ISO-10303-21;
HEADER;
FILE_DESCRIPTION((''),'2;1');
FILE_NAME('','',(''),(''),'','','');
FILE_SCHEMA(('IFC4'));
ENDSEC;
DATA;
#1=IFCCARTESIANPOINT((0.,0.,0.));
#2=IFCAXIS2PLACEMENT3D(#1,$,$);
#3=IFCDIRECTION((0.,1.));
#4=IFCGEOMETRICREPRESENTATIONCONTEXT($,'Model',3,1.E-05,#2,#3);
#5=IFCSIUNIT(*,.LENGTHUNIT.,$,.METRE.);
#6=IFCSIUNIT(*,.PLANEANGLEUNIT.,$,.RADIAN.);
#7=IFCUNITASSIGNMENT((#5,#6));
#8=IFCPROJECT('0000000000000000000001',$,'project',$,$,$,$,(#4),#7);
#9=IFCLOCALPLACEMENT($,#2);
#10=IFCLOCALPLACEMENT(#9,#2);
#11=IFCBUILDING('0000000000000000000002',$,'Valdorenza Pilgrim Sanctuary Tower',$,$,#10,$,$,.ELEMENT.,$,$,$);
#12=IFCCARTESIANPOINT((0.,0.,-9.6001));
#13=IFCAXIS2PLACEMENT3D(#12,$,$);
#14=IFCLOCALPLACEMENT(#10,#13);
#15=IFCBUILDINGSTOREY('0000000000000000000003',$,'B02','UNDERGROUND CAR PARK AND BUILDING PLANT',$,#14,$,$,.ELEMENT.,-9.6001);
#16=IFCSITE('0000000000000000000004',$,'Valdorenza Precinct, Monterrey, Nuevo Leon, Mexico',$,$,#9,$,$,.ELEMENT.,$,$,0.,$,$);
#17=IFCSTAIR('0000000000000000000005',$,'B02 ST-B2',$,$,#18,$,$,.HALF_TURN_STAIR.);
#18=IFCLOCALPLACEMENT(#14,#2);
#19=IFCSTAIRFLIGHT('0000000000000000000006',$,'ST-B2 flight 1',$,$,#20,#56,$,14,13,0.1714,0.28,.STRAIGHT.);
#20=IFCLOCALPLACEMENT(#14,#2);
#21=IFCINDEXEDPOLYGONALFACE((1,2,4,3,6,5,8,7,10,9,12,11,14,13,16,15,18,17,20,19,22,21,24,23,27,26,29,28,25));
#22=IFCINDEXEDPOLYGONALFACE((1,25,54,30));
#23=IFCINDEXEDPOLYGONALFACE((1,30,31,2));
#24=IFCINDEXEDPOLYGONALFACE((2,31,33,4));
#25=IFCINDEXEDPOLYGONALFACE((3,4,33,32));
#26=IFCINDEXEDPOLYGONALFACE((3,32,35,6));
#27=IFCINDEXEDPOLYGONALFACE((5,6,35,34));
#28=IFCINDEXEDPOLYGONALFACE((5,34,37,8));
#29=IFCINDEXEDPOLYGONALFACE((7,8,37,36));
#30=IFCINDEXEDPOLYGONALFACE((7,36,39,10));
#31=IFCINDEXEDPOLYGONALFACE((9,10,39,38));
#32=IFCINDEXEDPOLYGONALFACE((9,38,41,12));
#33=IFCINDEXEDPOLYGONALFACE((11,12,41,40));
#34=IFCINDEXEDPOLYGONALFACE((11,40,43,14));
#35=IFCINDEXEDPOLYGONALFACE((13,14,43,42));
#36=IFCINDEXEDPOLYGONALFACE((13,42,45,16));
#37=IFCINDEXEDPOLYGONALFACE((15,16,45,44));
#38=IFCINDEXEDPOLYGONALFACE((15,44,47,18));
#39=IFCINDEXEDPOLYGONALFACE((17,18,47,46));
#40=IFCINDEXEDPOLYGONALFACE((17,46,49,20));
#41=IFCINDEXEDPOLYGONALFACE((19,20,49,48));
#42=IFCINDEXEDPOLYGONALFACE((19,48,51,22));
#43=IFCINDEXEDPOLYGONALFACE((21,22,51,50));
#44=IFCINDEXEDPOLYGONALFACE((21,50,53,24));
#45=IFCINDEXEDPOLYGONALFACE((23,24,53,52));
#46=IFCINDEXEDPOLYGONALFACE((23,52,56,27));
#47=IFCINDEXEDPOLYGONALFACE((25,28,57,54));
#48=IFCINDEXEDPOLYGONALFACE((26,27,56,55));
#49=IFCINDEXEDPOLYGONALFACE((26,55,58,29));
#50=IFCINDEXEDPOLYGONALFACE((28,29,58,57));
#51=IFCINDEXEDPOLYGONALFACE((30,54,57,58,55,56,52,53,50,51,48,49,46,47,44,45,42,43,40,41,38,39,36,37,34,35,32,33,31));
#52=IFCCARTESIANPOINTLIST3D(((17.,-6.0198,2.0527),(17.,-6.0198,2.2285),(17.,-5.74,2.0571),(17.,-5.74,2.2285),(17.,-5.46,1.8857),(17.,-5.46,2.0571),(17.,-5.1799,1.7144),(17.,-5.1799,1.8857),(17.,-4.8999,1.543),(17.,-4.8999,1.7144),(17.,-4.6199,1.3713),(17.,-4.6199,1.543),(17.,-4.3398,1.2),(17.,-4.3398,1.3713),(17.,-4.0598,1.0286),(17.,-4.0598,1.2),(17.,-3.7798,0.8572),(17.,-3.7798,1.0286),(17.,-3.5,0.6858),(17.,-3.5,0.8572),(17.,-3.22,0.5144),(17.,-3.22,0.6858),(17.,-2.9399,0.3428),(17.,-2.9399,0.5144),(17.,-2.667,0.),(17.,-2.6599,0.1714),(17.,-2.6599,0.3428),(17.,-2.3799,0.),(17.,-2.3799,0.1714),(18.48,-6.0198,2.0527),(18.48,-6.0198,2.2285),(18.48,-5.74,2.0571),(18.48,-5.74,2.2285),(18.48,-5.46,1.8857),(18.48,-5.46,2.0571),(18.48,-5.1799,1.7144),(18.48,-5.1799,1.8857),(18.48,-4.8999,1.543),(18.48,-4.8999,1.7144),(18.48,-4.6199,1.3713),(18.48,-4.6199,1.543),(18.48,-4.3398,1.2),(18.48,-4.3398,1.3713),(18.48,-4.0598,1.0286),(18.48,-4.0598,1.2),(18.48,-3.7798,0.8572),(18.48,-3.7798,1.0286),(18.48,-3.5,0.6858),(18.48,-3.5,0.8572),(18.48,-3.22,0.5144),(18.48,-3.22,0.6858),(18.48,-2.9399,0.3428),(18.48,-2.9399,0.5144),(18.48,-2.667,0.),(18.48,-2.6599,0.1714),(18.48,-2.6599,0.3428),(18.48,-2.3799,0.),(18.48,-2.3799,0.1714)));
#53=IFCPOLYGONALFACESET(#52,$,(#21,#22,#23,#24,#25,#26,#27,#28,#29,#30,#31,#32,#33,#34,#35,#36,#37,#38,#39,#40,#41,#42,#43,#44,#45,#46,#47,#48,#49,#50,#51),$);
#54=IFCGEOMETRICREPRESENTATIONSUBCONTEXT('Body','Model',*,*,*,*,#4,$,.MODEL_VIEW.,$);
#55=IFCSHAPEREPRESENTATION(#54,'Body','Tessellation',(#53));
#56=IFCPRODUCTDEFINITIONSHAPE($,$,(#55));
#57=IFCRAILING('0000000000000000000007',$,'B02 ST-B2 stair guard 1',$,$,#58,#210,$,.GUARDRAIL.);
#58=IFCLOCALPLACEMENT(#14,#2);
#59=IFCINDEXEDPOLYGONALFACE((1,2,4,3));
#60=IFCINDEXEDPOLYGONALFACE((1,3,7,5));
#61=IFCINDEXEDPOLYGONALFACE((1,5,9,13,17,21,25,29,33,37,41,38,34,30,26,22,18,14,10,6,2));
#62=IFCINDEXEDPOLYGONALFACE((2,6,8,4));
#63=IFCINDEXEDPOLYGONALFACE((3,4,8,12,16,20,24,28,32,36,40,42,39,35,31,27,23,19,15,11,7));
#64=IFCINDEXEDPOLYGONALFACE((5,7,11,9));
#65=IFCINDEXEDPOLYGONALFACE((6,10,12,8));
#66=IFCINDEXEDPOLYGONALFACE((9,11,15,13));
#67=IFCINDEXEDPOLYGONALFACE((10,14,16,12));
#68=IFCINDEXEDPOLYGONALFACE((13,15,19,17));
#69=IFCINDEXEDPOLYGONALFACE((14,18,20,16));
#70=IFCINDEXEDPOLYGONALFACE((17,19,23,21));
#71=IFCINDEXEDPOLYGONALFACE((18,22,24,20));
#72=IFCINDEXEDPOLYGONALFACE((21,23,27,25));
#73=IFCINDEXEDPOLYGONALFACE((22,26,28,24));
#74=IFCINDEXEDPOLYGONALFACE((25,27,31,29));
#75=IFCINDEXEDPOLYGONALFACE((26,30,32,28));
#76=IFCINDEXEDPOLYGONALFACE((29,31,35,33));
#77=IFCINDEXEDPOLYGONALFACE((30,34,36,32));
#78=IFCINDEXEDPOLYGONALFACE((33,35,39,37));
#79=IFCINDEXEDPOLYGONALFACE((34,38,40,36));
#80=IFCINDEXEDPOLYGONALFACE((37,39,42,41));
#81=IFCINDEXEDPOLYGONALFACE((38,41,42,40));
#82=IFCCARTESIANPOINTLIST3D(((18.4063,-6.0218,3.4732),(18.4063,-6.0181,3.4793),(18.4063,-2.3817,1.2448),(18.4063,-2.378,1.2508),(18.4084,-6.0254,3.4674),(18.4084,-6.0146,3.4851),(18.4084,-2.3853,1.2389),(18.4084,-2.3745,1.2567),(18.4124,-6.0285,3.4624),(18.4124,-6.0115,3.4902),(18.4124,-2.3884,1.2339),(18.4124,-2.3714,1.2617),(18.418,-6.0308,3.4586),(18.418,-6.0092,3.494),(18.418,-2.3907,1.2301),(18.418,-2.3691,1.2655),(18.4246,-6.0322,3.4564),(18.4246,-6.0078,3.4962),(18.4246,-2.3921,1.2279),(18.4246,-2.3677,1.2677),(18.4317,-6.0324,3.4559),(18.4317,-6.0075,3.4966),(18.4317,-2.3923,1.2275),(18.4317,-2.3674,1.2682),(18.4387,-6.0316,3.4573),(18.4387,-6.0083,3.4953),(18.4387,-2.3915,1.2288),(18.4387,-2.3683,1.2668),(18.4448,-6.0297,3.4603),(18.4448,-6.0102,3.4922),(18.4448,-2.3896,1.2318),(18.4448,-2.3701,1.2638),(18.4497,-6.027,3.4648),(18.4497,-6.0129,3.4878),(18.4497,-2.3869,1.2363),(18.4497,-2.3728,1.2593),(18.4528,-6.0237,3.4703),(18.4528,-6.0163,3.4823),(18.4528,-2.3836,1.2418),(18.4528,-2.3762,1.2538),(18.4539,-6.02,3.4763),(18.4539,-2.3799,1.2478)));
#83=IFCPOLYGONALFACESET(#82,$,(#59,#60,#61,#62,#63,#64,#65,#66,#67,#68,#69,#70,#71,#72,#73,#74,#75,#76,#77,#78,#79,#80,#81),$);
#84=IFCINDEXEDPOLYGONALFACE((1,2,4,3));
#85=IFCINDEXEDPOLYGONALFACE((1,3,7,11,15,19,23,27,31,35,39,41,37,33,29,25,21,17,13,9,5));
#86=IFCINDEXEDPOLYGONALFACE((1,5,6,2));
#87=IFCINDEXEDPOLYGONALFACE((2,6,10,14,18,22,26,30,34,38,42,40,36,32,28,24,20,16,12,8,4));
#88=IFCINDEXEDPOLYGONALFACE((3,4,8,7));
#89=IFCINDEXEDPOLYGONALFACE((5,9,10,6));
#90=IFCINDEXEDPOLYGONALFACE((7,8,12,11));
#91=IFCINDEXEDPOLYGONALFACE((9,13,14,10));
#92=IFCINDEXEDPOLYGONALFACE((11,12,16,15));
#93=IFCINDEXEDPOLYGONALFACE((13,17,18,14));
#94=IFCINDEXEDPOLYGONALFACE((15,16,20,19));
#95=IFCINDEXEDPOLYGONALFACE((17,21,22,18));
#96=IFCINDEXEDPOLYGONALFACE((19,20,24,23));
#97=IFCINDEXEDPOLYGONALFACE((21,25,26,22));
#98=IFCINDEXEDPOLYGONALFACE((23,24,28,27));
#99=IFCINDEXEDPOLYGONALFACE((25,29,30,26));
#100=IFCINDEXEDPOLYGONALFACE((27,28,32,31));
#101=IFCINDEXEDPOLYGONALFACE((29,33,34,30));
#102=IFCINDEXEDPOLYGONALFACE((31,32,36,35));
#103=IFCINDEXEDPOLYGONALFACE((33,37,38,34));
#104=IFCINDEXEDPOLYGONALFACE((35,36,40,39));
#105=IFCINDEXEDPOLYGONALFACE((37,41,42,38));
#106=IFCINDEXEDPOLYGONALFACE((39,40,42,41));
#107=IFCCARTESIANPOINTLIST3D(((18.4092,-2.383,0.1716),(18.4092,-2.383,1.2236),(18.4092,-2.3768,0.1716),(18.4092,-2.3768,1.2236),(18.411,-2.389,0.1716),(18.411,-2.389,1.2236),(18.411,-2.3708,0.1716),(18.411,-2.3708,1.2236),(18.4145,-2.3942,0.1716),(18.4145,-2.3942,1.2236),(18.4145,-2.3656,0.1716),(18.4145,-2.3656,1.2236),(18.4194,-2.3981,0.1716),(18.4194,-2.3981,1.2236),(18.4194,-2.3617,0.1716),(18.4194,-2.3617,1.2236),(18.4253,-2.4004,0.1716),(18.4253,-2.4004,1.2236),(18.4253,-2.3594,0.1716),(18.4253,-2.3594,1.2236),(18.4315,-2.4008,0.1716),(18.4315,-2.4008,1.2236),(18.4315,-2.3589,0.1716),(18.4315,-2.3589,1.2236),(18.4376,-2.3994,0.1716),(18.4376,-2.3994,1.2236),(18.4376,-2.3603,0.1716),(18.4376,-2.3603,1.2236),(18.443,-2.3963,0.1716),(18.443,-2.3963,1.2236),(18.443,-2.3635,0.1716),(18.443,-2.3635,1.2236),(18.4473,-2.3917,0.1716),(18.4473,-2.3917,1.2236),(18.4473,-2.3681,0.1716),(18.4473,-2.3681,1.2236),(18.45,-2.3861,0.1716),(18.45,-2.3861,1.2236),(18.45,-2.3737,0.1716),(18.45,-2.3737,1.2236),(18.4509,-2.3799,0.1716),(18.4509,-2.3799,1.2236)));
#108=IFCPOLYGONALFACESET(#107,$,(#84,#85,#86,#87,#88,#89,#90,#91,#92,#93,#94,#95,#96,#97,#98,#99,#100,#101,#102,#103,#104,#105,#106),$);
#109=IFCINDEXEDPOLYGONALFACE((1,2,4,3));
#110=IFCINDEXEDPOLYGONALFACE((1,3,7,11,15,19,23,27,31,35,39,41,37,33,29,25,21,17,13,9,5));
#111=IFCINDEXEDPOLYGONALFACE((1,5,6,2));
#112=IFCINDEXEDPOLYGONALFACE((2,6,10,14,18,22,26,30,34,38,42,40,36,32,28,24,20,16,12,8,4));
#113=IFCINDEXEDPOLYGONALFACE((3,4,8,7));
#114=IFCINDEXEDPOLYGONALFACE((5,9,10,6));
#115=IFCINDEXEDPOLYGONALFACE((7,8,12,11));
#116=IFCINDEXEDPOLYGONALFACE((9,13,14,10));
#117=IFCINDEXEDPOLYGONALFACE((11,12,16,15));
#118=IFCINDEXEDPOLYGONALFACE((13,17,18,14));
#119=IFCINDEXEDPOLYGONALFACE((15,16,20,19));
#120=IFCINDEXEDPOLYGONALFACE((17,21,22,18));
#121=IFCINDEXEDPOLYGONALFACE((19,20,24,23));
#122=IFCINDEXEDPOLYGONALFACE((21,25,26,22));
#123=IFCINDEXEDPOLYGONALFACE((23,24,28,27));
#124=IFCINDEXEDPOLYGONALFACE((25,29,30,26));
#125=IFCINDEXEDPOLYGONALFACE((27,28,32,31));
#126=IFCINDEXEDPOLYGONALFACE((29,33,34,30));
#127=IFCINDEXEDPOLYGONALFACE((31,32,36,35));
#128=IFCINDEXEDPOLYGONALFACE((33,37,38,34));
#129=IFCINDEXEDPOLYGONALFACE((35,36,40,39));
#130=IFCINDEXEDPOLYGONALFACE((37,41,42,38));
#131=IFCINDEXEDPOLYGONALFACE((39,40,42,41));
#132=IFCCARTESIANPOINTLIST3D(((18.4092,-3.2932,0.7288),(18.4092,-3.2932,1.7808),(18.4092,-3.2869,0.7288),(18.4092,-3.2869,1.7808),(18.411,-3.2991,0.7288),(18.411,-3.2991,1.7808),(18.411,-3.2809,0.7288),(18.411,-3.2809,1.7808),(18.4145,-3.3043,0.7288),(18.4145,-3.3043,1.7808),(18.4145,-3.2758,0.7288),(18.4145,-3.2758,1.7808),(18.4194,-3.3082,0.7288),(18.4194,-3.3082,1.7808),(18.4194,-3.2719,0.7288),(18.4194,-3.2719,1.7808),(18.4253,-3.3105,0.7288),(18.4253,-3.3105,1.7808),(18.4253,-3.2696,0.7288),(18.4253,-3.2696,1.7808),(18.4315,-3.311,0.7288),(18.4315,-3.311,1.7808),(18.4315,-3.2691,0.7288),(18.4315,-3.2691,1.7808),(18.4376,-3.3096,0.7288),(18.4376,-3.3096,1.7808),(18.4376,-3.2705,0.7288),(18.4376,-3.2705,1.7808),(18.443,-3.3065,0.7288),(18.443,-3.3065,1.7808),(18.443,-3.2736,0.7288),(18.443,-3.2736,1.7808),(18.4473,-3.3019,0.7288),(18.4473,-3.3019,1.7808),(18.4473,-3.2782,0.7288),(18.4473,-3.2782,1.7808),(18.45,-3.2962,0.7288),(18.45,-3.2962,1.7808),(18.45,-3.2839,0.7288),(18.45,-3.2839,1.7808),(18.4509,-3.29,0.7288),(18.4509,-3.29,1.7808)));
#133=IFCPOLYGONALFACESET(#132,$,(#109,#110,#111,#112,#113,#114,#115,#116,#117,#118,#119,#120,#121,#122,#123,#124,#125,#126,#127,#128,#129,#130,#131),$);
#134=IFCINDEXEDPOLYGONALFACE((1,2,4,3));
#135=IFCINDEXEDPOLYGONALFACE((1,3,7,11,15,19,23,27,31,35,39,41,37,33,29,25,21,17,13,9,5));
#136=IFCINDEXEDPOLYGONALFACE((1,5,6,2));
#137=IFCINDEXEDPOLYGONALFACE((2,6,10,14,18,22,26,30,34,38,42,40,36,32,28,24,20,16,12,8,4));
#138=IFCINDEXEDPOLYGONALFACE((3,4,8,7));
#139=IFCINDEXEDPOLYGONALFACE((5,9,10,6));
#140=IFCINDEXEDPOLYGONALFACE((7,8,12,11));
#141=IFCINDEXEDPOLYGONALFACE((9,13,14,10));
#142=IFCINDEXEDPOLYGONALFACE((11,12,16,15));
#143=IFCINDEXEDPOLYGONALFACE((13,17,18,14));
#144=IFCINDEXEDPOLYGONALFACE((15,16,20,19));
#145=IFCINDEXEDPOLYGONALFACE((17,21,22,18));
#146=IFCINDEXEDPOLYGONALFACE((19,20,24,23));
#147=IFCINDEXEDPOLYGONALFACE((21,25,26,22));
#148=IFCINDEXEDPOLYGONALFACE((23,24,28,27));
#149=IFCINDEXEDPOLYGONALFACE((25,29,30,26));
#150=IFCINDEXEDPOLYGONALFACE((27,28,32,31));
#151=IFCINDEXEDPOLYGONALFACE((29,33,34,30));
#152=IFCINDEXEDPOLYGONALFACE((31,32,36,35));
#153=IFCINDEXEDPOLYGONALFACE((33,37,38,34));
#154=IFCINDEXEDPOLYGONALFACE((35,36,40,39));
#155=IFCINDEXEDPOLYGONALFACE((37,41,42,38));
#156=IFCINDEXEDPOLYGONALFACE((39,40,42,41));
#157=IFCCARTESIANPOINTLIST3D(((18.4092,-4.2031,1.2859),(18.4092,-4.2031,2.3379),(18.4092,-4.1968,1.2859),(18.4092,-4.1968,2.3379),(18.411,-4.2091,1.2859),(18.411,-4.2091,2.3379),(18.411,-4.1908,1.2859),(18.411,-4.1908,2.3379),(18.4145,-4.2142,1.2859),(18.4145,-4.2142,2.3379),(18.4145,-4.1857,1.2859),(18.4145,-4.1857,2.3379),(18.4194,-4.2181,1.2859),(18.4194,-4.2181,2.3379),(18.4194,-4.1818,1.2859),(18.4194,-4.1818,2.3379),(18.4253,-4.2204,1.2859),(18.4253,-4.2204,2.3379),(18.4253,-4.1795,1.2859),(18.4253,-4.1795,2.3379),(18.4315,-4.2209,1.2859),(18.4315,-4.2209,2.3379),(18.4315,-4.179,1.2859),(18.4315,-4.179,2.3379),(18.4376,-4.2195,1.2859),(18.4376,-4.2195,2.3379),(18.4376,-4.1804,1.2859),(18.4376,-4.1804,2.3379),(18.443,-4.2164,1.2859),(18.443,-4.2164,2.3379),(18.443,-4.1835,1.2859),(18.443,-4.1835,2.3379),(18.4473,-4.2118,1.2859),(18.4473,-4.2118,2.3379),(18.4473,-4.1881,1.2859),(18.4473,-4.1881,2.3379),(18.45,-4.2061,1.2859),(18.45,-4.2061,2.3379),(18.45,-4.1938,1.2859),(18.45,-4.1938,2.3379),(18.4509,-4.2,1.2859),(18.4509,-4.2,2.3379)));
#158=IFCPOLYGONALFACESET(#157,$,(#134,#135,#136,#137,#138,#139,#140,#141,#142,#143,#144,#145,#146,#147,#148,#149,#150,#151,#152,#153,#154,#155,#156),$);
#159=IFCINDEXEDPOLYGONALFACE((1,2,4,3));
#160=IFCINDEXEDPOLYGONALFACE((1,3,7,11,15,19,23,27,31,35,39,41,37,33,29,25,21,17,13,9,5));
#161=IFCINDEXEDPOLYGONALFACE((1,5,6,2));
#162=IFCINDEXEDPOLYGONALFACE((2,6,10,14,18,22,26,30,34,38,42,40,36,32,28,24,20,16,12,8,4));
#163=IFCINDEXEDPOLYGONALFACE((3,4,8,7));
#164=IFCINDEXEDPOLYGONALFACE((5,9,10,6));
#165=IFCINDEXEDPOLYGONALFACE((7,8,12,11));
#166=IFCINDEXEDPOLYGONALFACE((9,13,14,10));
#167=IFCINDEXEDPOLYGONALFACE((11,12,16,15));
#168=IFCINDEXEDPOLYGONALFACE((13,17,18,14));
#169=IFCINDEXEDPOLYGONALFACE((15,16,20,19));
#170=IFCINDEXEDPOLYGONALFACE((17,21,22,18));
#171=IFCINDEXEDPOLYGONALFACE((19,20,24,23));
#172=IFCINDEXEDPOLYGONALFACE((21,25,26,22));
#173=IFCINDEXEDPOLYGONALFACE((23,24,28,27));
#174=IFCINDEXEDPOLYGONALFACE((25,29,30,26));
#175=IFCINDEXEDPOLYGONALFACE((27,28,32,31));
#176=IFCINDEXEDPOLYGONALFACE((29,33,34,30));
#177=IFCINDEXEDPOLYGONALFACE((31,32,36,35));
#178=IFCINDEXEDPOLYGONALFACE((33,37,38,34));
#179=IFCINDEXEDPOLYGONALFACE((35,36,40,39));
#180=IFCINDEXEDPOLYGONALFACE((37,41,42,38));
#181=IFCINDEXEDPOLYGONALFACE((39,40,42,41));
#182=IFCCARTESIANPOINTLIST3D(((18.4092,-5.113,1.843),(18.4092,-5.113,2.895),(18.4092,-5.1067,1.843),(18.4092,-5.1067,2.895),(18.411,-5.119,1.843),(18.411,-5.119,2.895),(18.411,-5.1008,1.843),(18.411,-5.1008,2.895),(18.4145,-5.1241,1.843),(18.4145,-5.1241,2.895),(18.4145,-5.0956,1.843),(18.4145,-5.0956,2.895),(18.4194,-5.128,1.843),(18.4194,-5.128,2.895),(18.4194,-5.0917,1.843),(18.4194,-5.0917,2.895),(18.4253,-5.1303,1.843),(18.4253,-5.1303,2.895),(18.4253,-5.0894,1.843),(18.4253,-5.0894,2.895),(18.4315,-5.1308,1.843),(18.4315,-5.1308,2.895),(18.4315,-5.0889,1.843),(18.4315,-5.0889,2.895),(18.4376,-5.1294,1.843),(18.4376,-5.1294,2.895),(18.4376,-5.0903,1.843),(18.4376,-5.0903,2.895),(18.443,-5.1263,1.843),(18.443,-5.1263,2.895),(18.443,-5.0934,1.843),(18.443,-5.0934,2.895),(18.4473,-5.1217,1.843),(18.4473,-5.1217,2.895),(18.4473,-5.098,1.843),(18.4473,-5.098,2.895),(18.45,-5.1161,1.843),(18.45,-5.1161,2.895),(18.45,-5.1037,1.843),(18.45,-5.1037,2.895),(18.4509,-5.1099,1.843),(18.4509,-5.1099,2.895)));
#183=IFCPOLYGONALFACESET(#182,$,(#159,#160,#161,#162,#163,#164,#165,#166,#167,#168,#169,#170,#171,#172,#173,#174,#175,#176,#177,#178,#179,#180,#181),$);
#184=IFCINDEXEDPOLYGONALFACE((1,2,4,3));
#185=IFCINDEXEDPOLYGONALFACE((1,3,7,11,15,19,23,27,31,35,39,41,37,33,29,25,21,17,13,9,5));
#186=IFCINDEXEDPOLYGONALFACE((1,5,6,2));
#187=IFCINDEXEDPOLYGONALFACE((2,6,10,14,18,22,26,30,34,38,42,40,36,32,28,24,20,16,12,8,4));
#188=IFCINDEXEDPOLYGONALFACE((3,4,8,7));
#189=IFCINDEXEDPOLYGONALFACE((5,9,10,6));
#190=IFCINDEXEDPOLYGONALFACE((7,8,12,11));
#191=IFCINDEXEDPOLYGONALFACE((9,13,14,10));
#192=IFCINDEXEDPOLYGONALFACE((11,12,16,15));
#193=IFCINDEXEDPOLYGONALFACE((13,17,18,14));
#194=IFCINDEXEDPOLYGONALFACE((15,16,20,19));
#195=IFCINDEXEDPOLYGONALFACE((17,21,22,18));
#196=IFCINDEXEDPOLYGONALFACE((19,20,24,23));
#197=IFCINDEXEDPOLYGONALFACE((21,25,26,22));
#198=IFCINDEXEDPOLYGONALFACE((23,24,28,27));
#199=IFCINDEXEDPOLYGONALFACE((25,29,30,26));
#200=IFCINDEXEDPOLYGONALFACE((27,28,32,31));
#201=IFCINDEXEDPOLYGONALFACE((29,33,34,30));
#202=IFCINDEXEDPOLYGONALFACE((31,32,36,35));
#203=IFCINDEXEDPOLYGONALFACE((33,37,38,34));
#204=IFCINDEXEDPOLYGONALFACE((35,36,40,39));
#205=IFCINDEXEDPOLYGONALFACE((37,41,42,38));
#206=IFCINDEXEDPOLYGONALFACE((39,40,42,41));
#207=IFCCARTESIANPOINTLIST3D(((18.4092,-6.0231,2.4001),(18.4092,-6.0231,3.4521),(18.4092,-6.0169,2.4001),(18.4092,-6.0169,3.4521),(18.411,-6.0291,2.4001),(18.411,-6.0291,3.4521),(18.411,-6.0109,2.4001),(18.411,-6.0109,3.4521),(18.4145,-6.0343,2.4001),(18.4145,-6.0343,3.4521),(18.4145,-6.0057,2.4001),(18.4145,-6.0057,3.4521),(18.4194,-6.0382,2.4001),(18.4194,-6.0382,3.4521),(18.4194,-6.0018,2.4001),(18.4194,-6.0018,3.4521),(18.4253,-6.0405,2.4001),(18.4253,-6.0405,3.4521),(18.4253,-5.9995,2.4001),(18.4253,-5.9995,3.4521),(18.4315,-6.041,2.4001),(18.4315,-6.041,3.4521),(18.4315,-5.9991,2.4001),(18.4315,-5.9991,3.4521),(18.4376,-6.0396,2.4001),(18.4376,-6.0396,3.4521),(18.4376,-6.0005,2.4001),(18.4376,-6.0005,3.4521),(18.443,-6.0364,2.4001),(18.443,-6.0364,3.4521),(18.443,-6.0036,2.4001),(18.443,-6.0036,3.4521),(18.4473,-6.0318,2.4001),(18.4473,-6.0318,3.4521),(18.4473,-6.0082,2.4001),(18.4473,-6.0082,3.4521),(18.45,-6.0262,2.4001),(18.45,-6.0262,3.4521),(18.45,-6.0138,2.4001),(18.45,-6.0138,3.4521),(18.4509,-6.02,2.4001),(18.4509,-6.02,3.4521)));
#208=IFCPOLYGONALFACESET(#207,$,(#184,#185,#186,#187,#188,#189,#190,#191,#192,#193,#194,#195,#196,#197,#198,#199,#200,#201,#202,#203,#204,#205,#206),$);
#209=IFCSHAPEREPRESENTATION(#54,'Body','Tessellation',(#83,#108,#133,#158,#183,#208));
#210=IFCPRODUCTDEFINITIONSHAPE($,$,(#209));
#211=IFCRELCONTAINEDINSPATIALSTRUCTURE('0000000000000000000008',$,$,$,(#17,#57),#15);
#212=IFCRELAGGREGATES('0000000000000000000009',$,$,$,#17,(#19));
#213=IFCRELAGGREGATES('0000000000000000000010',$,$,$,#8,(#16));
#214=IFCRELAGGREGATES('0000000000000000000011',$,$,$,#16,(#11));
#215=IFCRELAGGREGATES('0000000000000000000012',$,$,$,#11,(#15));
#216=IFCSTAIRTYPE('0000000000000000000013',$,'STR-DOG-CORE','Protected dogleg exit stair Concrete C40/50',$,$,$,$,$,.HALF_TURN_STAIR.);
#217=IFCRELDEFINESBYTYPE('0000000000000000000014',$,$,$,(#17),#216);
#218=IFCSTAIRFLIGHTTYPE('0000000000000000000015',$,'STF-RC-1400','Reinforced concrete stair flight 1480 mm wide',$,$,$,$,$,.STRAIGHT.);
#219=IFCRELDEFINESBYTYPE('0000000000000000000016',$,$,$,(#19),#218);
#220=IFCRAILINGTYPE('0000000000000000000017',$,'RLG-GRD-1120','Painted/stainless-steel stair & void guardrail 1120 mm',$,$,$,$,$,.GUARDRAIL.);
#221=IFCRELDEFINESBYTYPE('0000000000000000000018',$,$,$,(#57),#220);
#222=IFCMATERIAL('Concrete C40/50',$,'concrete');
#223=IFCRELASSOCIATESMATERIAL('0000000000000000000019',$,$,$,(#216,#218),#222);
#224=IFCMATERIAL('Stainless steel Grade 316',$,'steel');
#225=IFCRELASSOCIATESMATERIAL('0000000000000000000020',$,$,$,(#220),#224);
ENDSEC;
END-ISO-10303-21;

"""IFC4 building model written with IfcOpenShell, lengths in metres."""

from ifc_helpers import new_model, si_unit, direction, frame, origin, origin_2d, place, context, subcontext, project, spatial, polyline, circle, outline, extrude, material, type_object, element, aggregate, save


model = new_model("IFC4")

# Units and contexts
model_context = context("Model", 3, precision=1e-05, world=origin(), true_north=direction((0.0, 1.0)))
body_context = subcontext(model_context, "Body", "Model", "MODEL_VIEW")
ifc_project = project(units=[si_unit("LENGTHUNIT", "METRE"), si_unit("PLANEANGLEUNIT", "RADIAN")], contexts=[model_context])

# Site, building, storey
site_placement = place(None, origin())
site = spatial("IfcSite", under=ifc_project, at=site_placement, Name="Valdorenza Precinct, Monterrey, Nuevo Leon, Mexico", CompositionType="ELEMENT", RefElevation=0.0)
building_placement = place(site_placement, origin())
building = spatial("IfcBuilding", under=site, at=building_placement, Name="Valdorenza Pilgrim Sanctuary Tower", CompositionType="ELEMENT")
storey_placement = place(building_placement, frame((0.0, 0.0, -9.6001)))
storey = spatial("IfcBuildingStorey", under=building, at=storey_placement, Name="B02", Description="UNDERGROUND CAR PARK AND BUILDING PLANT", CompositionType="ELEMENT", Elevation=-9.6001)

# Shared definitions
ifc_material_1 = material(Name="Concrete C40/50", Category="concrete")

# Stair, stair flight
stair_type = type_object("IfcStairType", Name="STR-DOG-CORE", Description="Protected dogleg exit stair Concrete C40/50", PredefinedType="HALF_TURN_STAIR", material=ifc_material_1)
stair_placement = place(storey_placement, origin())
stair = element("IfcStair", 1, at=stair_placement, inside=storey, type_object=stair_type, Name="B02 ST-B2", PredefinedType="HALF_TURN_STAIR")
stair_flight_type = type_object("IfcStairFlightType", Name="STF-RC-1400", Description="Reinforced concrete stair flight 1480 mm wide", PredefinedType="STRAIGHT", material=ifc_material_1)
stair_flight_placement = place(storey_placement, frame((17.74, -2.3799, 0.0), z_axis=(0.0, 0.0, 1.0), x_axis=(0.0, -1.0, 0.0)))
stair_flight = element("IfcStairFlight", 2, at=stair_flight_placement, type_object=stair_flight_type, Name="ST-B2 flight 1", NumberOfRisers=14, NumberOfTreads=13, PredefinedType="STRAIGHT", RiserHeight=0.1714, TreadLength=0.28, context=body_context, shape_type="SweptSolid", body=[
    extrude(outline(polyline([(0.0, 0.0), (0.0, 0.1714), (0.28, 0.1714), (0.28, 0.3428), (0.5601, 0.3428), (0.5601, 0.5144), (0.8401, 0.5144), (0.8401, 0.6858), (1.1201, 0.6858), (1.1201, 0.8572), (1.3999, 0.8572), (1.3999, 1.0286), (1.6799, 1.0286), (1.6799, 1.2), (1.96, 1.2), (1.96, 1.3713), (2.24, 1.3713), (2.24, 1.543), (2.52, 1.543), (2.52, 1.7144), (2.8, 1.7144), (2.8, 1.8857), (3.0801, 1.8857), (3.0801, 2.0571), (3.3601, 2.0571), (3.3601, 2.2285), (3.6399, 2.2285), (3.6399, 2.3999), (3.6399, 2.0527), (0.2871, 0.0), (0.0, 0.0)])), frame((0.0, 0.74, 0.0), z_axis=(0.0, -1.0, 0.0), x_axis=(1.0, 0.0, 0.0)), (0.0, 0.0, 1.0), 1.48),
])
aggregate(stair, [stair_flight])

# Railing
ifc_material_2 = material(Name="Stainless steel Grade 316", Category="steel")
railing_type_1 = type_object("IfcRailingType", Name="RLG-GRD-1120", Description="Painted/stainless-steel stair & void guardrail 1120 mm", PredefinedType="GUARDRAIL", material=ifc_material_2)
railing_1_placement = place(storey_placement, frame((18.4299, -2.3799, 0.1716)))
element("IfcRailing", 3, at=railing_1_placement, inside=storey, type_object=railing_type_1, Name="B02 ST-B2 stair guard 1", PredefinedType="GUARDRAIL", context=body_context, shape_type="SweptSolid", body=[
    extrude(circle(Radius=0.0239, at=origin_2d()), frame((0.0, 0.0, 1.0762), z_axis=(0.0, -0.852866, 0.52213), x_axis=(1.0, 0.0, 0.0)), (0.0, 0.0, 1.0), 4.2681),
    extrude(circle(Radius=0.021, at=origin_2d()), origin(), (0.0, 0.0, 1.0), 1.052),
    extrude(circle(Radius=0.021, at=origin_2d()), frame((0.0, -0.9102, 0.5571)), (0.0, 0.0, 1.0), 1.052),
    extrude(circle(Radius=0.021, at=origin_2d()), frame((0.0, -1.8201, 1.1143)), (0.0, 0.0, 1.0), 1.052),
    extrude(circle(Radius=0.021, at=origin_2d()), frame((0.0, -2.73, 1.6714)), (0.0, 0.0, 1.0), 1.052),
    extrude(circle(Radius=0.021, at=origin_2d()), frame((0.0, -3.6401, 2.2285)), (0.0, 0.0, 1.0), 1.052),
])

save(model, "model.ifc")
